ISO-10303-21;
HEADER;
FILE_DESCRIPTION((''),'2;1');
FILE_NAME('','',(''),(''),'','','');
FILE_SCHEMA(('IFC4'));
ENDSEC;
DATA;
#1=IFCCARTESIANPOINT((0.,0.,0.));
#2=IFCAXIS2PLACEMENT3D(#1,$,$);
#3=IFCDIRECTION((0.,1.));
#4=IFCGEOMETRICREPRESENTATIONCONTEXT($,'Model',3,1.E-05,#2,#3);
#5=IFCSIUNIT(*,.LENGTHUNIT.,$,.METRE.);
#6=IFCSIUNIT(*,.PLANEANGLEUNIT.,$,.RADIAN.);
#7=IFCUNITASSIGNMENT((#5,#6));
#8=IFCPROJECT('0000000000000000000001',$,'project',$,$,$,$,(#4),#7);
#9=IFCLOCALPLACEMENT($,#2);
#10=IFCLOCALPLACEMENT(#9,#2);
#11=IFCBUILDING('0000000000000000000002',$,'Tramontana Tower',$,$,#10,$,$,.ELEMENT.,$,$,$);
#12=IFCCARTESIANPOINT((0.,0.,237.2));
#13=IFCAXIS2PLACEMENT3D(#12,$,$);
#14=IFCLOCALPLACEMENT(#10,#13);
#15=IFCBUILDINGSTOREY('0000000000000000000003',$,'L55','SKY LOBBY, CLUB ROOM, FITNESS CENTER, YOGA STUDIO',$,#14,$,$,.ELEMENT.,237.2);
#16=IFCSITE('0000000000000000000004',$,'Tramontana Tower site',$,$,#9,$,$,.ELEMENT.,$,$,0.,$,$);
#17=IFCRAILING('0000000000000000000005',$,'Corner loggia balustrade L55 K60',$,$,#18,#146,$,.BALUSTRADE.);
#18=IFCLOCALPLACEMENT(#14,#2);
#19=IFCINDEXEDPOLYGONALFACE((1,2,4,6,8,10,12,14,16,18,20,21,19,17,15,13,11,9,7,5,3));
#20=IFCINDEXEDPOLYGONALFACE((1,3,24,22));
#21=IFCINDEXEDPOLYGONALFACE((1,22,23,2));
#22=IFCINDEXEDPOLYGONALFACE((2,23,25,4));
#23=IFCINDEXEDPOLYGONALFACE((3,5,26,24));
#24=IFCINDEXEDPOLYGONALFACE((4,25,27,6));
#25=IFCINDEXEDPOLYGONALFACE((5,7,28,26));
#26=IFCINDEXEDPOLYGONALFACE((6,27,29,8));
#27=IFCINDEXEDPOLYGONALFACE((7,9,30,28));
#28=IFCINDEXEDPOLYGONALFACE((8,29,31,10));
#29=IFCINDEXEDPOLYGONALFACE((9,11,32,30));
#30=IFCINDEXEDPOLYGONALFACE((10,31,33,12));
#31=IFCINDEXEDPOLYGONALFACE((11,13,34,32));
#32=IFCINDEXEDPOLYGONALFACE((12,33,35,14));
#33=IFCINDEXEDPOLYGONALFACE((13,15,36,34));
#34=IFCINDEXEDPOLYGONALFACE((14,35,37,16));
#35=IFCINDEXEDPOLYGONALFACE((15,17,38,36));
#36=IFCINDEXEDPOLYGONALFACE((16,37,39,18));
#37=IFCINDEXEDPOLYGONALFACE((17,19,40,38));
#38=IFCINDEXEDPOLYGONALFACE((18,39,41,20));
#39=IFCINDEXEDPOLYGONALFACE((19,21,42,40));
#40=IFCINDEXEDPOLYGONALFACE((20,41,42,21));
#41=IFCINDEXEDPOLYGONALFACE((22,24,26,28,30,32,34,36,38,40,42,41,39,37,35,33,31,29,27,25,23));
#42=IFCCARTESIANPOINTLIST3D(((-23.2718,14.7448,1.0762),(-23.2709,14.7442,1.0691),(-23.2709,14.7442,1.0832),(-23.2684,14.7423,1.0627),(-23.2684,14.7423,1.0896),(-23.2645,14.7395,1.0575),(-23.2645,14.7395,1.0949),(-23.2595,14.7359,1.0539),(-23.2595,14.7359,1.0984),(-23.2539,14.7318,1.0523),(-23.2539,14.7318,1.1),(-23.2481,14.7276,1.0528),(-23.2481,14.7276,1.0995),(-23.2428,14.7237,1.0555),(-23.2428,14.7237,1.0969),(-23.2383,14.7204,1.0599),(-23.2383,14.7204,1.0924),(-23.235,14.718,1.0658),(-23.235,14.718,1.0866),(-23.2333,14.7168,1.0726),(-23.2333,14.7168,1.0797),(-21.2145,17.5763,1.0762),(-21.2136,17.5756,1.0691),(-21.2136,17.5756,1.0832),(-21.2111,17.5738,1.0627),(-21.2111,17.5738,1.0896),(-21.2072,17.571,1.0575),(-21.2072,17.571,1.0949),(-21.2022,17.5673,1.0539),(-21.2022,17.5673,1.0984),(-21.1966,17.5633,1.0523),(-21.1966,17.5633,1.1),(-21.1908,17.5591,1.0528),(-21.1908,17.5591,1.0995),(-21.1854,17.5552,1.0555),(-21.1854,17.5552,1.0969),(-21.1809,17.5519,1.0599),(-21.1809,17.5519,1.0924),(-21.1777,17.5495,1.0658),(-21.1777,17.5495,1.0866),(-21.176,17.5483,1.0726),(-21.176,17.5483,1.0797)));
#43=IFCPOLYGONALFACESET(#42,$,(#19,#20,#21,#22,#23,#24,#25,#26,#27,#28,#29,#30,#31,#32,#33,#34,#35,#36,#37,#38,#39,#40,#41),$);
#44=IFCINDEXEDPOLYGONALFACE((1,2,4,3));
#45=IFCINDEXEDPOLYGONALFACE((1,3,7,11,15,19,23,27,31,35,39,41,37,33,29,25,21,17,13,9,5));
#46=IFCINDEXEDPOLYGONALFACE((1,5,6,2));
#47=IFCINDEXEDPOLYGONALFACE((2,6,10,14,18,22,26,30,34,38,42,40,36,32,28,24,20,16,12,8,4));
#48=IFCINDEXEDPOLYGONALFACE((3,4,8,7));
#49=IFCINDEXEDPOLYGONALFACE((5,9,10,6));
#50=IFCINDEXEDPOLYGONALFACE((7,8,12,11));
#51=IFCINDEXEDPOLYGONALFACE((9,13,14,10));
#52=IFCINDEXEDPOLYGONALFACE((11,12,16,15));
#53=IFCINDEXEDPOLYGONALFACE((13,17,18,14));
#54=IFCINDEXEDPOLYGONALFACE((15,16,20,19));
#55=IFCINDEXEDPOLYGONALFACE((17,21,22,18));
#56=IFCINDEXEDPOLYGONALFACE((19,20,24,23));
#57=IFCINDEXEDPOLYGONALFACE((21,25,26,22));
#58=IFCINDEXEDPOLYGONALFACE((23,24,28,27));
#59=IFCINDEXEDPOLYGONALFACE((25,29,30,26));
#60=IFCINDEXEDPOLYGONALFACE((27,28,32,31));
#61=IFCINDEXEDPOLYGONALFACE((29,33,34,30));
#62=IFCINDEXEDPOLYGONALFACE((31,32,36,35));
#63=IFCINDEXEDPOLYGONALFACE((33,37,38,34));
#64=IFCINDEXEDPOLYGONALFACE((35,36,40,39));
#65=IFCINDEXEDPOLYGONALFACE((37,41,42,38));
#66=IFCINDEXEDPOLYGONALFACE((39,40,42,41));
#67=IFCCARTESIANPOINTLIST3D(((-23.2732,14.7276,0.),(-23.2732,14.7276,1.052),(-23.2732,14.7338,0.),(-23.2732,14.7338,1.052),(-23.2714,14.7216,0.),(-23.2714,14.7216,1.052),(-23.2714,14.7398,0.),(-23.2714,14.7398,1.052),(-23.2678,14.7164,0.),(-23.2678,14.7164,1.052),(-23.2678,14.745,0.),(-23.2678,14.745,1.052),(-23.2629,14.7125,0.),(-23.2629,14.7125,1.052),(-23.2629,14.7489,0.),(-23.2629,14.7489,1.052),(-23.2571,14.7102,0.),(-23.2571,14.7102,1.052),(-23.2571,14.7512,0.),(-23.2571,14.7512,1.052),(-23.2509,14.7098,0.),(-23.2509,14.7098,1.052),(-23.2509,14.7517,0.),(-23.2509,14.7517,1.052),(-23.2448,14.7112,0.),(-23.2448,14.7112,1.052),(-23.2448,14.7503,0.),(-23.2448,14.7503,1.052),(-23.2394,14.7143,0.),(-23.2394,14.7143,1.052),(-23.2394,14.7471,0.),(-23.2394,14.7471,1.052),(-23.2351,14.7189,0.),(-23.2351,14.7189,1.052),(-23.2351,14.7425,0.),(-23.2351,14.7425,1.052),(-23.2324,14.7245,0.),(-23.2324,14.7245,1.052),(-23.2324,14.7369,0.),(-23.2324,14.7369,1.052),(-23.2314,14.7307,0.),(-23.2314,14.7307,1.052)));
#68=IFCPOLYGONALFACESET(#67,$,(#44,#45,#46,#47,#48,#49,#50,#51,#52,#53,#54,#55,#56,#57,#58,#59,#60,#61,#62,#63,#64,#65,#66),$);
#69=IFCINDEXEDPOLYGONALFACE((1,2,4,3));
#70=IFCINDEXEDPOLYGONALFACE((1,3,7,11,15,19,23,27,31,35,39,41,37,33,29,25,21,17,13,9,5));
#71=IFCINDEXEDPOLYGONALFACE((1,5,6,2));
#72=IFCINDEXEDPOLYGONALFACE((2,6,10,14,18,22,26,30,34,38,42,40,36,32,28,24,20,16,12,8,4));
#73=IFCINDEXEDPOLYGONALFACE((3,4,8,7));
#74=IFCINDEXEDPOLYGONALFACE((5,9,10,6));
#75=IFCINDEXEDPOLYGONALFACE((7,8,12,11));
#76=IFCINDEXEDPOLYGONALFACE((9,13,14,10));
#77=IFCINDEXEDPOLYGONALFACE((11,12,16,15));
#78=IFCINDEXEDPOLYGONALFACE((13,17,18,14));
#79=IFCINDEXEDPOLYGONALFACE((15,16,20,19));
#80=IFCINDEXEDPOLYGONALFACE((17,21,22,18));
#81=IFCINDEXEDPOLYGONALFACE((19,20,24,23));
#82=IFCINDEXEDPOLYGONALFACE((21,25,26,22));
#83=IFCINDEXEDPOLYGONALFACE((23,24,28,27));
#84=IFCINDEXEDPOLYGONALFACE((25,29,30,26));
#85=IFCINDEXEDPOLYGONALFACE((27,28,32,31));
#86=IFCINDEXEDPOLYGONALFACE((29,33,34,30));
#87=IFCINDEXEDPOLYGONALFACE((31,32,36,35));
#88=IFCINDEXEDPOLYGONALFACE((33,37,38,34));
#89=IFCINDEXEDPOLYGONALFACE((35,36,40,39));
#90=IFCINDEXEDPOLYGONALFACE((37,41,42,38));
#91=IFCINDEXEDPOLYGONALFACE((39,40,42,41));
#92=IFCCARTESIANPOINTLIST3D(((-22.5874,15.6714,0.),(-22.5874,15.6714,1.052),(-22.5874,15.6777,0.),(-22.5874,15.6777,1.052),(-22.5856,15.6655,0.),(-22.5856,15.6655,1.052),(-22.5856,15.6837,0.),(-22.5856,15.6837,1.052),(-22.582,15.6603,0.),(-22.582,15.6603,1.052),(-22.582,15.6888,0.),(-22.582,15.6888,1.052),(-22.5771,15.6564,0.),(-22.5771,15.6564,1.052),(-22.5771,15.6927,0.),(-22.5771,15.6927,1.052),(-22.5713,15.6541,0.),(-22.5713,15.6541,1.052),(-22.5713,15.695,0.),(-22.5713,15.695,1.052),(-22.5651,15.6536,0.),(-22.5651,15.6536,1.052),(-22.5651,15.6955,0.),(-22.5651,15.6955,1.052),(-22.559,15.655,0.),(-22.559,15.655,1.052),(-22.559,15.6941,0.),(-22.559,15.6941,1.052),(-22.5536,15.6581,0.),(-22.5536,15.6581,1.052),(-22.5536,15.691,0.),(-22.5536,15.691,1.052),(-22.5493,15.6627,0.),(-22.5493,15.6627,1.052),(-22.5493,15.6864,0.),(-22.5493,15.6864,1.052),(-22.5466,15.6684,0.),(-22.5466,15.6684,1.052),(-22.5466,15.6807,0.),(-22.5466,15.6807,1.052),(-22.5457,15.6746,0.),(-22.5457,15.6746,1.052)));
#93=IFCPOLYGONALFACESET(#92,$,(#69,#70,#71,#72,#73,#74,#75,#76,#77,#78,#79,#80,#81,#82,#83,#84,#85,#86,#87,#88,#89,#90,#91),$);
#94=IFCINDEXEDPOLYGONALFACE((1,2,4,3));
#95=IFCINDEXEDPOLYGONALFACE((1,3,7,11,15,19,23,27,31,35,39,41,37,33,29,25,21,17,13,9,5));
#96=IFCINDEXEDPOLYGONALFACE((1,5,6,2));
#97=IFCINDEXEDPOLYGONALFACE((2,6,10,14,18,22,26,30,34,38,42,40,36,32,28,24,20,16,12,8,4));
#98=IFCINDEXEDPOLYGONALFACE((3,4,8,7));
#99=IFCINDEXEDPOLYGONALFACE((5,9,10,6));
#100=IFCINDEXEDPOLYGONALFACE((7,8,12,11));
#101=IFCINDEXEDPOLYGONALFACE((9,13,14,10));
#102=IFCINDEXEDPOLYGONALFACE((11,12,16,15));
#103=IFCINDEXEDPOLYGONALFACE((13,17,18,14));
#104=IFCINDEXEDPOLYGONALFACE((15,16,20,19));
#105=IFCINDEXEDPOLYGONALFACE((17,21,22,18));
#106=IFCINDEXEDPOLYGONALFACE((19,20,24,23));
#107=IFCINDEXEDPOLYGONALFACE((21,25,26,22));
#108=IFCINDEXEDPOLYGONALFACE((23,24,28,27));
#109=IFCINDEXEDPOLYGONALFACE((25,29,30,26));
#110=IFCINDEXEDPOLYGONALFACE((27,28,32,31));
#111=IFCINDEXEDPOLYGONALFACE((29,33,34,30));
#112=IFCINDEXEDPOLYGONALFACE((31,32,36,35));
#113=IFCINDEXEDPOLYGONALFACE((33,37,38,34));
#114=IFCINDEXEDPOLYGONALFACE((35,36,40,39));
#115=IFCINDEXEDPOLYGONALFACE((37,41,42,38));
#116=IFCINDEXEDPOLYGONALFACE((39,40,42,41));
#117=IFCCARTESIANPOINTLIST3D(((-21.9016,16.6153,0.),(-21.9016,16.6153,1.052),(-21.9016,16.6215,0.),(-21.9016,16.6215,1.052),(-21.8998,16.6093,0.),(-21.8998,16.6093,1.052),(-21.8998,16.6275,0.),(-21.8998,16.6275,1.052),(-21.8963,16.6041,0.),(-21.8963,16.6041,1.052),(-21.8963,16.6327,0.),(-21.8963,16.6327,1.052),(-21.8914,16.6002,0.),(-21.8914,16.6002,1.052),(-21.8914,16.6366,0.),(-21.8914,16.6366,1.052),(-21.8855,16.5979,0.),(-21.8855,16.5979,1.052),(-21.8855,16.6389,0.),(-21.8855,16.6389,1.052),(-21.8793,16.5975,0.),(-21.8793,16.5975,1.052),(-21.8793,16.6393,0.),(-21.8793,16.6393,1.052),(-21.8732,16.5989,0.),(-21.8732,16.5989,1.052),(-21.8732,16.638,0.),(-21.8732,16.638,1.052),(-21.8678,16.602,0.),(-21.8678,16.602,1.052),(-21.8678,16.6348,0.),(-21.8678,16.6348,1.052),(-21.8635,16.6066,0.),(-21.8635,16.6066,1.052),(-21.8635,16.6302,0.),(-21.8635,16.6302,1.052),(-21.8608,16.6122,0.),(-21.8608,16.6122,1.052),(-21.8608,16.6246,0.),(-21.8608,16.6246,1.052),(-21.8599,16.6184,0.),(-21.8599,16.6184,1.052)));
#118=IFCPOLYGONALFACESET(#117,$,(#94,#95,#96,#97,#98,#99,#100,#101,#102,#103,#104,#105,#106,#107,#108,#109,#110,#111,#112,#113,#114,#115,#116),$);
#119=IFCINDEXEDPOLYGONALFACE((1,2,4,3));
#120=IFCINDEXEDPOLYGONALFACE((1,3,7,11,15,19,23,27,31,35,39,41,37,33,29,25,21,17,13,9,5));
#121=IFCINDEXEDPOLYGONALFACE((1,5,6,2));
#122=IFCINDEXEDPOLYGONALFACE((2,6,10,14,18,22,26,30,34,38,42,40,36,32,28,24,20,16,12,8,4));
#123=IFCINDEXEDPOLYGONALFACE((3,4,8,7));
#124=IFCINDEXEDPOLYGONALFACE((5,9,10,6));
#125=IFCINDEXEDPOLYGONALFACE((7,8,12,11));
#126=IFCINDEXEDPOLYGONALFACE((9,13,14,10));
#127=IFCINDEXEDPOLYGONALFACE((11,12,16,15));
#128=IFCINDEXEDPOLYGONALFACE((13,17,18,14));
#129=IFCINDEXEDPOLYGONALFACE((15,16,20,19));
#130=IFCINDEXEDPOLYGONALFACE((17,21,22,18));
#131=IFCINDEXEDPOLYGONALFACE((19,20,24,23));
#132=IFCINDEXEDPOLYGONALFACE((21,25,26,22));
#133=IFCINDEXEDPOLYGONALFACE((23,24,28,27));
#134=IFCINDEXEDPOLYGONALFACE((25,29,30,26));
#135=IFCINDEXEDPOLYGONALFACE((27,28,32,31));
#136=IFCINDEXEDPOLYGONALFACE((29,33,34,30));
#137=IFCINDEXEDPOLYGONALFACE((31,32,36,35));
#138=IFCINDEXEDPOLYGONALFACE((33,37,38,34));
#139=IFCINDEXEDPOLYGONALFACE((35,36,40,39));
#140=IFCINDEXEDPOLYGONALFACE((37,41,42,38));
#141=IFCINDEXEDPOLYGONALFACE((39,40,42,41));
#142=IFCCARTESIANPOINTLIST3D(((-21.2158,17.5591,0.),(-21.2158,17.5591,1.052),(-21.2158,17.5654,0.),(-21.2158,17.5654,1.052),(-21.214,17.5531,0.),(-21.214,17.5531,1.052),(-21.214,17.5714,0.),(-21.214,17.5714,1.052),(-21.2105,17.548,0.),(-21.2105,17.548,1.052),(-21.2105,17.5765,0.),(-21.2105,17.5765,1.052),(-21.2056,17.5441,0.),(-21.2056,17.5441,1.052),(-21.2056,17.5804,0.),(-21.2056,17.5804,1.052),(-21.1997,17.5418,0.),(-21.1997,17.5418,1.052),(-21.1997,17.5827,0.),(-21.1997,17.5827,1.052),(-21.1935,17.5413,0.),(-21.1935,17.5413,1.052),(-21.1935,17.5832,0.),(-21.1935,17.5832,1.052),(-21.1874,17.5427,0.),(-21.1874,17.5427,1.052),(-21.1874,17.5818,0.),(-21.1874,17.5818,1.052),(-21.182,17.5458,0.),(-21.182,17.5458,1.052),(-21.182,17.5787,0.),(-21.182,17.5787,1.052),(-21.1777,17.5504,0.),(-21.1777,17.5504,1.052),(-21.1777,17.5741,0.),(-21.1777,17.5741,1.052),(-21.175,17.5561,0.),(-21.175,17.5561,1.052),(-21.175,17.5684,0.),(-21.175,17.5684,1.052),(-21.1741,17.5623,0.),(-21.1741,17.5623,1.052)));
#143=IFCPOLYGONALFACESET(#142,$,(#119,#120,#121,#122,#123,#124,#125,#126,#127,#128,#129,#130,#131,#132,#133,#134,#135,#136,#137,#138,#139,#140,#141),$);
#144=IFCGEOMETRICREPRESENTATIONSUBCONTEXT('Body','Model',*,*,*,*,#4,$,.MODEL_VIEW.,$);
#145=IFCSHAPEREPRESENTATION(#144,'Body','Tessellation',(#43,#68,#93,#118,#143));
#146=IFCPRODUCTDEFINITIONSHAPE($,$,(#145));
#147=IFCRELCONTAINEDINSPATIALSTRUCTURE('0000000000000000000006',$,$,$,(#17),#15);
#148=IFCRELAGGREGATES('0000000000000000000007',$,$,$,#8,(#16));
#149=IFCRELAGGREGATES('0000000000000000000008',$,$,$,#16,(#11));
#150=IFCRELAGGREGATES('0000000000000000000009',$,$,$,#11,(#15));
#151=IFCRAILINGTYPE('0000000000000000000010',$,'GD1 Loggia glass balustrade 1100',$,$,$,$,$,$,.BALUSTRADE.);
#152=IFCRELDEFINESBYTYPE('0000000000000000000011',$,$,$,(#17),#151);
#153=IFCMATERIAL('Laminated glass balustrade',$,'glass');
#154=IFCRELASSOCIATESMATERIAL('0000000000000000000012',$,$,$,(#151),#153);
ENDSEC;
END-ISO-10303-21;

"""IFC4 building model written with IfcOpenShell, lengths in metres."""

from ifc_helpers import new_model, si_unit, direction, frame, origin, origin_2d, place, context, subcontext, project, spatial, circle, extrude, material, type_object, element, save


model = new_model("IFC4")

# Units and contexts
model_context = context("Model", 3, precision=1e-05, world=origin(), true_north=direction((0.0, 1.0)))
body_context = subcontext(model_context, "Body", "Model", "MODEL_VIEW")
ifc_project = project(units=[si_unit("LENGTHUNIT", "METRE"), si_unit("PLANEANGLEUNIT", "RADIAN")], contexts=[model_context])

# Site, building, storey
site_placement = place(None, origin())
site = spatial("IfcSite", under=ifc_project, at=site_placement, Name="Tramontana Tower site", CompositionType="ELEMENT", RefElevation=0.0)
building_placement = place(site_placement, origin())
building = spatial("IfcBuilding", under=site, at=building_placement, Name="Tramontana Tower", CompositionType="ELEMENT")
storey_placement = place(building_placement, frame((0.0, 0.0, 237.2)))
storey = spatial("IfcBuildingStorey", under=building, at=storey_placement, Name="L55", Description="SKY LOBBY, CLUB ROOM, FITNESS CENTER, YOGA STUDIO", CompositionType="ELEMENT", Elevation=237.2)

# Railing
ifc_material_1 = material(Name="Laminated glass balustrade", Category="glass")
railing_type = type_object("IfcRailingType", Name="GD1 Loggia glass balustrade 1100", PredefinedType="BALUSTRADE", material=ifc_material_1)
railing_placement = place(storey_placement, frame((-23.2524, 14.7307, 0.0)))
element("IfcRailing", 1, at=railing_placement, inside=storey, type_object=railing_type, Name="Corner loggia balustrade L55 K60", PredefinedType="BALUSTRADE", context=body_context, shape_type="SweptSolid", body=[
    extrude(circle(Radius=0.0239, at=origin_2d()), frame((0.0, 0.0, 1.0762), z_axis=(0.587811, 0.808998, 0.0), x_axis=(-0.808998, 0.587811, 0.0)), (0.0, 0.0, 1.0), 3.5),
    extrude(circle(Radius=0.021, at=origin_2d()), origin(), (0.0, 0.0, 1.0), 1.052),
    extrude(circle(Radius=0.021, at=origin_2d()), frame((0.6858, 0.9438, 0.0)), (0.0, 0.0, 1.0), 1.052),
    extrude(circle(Radius=0.021, at=origin_2d()), frame((1.3716, 1.8877, 0.0)), (0.0, 0.0, 1.0), 1.052),
    extrude(circle(Radius=0.021, at=origin_2d()), frame((2.0574, 2.8315, 0.0)), (0.0, 0.0, 1.0), 1.052),
])

save(model, "model.ifc")
